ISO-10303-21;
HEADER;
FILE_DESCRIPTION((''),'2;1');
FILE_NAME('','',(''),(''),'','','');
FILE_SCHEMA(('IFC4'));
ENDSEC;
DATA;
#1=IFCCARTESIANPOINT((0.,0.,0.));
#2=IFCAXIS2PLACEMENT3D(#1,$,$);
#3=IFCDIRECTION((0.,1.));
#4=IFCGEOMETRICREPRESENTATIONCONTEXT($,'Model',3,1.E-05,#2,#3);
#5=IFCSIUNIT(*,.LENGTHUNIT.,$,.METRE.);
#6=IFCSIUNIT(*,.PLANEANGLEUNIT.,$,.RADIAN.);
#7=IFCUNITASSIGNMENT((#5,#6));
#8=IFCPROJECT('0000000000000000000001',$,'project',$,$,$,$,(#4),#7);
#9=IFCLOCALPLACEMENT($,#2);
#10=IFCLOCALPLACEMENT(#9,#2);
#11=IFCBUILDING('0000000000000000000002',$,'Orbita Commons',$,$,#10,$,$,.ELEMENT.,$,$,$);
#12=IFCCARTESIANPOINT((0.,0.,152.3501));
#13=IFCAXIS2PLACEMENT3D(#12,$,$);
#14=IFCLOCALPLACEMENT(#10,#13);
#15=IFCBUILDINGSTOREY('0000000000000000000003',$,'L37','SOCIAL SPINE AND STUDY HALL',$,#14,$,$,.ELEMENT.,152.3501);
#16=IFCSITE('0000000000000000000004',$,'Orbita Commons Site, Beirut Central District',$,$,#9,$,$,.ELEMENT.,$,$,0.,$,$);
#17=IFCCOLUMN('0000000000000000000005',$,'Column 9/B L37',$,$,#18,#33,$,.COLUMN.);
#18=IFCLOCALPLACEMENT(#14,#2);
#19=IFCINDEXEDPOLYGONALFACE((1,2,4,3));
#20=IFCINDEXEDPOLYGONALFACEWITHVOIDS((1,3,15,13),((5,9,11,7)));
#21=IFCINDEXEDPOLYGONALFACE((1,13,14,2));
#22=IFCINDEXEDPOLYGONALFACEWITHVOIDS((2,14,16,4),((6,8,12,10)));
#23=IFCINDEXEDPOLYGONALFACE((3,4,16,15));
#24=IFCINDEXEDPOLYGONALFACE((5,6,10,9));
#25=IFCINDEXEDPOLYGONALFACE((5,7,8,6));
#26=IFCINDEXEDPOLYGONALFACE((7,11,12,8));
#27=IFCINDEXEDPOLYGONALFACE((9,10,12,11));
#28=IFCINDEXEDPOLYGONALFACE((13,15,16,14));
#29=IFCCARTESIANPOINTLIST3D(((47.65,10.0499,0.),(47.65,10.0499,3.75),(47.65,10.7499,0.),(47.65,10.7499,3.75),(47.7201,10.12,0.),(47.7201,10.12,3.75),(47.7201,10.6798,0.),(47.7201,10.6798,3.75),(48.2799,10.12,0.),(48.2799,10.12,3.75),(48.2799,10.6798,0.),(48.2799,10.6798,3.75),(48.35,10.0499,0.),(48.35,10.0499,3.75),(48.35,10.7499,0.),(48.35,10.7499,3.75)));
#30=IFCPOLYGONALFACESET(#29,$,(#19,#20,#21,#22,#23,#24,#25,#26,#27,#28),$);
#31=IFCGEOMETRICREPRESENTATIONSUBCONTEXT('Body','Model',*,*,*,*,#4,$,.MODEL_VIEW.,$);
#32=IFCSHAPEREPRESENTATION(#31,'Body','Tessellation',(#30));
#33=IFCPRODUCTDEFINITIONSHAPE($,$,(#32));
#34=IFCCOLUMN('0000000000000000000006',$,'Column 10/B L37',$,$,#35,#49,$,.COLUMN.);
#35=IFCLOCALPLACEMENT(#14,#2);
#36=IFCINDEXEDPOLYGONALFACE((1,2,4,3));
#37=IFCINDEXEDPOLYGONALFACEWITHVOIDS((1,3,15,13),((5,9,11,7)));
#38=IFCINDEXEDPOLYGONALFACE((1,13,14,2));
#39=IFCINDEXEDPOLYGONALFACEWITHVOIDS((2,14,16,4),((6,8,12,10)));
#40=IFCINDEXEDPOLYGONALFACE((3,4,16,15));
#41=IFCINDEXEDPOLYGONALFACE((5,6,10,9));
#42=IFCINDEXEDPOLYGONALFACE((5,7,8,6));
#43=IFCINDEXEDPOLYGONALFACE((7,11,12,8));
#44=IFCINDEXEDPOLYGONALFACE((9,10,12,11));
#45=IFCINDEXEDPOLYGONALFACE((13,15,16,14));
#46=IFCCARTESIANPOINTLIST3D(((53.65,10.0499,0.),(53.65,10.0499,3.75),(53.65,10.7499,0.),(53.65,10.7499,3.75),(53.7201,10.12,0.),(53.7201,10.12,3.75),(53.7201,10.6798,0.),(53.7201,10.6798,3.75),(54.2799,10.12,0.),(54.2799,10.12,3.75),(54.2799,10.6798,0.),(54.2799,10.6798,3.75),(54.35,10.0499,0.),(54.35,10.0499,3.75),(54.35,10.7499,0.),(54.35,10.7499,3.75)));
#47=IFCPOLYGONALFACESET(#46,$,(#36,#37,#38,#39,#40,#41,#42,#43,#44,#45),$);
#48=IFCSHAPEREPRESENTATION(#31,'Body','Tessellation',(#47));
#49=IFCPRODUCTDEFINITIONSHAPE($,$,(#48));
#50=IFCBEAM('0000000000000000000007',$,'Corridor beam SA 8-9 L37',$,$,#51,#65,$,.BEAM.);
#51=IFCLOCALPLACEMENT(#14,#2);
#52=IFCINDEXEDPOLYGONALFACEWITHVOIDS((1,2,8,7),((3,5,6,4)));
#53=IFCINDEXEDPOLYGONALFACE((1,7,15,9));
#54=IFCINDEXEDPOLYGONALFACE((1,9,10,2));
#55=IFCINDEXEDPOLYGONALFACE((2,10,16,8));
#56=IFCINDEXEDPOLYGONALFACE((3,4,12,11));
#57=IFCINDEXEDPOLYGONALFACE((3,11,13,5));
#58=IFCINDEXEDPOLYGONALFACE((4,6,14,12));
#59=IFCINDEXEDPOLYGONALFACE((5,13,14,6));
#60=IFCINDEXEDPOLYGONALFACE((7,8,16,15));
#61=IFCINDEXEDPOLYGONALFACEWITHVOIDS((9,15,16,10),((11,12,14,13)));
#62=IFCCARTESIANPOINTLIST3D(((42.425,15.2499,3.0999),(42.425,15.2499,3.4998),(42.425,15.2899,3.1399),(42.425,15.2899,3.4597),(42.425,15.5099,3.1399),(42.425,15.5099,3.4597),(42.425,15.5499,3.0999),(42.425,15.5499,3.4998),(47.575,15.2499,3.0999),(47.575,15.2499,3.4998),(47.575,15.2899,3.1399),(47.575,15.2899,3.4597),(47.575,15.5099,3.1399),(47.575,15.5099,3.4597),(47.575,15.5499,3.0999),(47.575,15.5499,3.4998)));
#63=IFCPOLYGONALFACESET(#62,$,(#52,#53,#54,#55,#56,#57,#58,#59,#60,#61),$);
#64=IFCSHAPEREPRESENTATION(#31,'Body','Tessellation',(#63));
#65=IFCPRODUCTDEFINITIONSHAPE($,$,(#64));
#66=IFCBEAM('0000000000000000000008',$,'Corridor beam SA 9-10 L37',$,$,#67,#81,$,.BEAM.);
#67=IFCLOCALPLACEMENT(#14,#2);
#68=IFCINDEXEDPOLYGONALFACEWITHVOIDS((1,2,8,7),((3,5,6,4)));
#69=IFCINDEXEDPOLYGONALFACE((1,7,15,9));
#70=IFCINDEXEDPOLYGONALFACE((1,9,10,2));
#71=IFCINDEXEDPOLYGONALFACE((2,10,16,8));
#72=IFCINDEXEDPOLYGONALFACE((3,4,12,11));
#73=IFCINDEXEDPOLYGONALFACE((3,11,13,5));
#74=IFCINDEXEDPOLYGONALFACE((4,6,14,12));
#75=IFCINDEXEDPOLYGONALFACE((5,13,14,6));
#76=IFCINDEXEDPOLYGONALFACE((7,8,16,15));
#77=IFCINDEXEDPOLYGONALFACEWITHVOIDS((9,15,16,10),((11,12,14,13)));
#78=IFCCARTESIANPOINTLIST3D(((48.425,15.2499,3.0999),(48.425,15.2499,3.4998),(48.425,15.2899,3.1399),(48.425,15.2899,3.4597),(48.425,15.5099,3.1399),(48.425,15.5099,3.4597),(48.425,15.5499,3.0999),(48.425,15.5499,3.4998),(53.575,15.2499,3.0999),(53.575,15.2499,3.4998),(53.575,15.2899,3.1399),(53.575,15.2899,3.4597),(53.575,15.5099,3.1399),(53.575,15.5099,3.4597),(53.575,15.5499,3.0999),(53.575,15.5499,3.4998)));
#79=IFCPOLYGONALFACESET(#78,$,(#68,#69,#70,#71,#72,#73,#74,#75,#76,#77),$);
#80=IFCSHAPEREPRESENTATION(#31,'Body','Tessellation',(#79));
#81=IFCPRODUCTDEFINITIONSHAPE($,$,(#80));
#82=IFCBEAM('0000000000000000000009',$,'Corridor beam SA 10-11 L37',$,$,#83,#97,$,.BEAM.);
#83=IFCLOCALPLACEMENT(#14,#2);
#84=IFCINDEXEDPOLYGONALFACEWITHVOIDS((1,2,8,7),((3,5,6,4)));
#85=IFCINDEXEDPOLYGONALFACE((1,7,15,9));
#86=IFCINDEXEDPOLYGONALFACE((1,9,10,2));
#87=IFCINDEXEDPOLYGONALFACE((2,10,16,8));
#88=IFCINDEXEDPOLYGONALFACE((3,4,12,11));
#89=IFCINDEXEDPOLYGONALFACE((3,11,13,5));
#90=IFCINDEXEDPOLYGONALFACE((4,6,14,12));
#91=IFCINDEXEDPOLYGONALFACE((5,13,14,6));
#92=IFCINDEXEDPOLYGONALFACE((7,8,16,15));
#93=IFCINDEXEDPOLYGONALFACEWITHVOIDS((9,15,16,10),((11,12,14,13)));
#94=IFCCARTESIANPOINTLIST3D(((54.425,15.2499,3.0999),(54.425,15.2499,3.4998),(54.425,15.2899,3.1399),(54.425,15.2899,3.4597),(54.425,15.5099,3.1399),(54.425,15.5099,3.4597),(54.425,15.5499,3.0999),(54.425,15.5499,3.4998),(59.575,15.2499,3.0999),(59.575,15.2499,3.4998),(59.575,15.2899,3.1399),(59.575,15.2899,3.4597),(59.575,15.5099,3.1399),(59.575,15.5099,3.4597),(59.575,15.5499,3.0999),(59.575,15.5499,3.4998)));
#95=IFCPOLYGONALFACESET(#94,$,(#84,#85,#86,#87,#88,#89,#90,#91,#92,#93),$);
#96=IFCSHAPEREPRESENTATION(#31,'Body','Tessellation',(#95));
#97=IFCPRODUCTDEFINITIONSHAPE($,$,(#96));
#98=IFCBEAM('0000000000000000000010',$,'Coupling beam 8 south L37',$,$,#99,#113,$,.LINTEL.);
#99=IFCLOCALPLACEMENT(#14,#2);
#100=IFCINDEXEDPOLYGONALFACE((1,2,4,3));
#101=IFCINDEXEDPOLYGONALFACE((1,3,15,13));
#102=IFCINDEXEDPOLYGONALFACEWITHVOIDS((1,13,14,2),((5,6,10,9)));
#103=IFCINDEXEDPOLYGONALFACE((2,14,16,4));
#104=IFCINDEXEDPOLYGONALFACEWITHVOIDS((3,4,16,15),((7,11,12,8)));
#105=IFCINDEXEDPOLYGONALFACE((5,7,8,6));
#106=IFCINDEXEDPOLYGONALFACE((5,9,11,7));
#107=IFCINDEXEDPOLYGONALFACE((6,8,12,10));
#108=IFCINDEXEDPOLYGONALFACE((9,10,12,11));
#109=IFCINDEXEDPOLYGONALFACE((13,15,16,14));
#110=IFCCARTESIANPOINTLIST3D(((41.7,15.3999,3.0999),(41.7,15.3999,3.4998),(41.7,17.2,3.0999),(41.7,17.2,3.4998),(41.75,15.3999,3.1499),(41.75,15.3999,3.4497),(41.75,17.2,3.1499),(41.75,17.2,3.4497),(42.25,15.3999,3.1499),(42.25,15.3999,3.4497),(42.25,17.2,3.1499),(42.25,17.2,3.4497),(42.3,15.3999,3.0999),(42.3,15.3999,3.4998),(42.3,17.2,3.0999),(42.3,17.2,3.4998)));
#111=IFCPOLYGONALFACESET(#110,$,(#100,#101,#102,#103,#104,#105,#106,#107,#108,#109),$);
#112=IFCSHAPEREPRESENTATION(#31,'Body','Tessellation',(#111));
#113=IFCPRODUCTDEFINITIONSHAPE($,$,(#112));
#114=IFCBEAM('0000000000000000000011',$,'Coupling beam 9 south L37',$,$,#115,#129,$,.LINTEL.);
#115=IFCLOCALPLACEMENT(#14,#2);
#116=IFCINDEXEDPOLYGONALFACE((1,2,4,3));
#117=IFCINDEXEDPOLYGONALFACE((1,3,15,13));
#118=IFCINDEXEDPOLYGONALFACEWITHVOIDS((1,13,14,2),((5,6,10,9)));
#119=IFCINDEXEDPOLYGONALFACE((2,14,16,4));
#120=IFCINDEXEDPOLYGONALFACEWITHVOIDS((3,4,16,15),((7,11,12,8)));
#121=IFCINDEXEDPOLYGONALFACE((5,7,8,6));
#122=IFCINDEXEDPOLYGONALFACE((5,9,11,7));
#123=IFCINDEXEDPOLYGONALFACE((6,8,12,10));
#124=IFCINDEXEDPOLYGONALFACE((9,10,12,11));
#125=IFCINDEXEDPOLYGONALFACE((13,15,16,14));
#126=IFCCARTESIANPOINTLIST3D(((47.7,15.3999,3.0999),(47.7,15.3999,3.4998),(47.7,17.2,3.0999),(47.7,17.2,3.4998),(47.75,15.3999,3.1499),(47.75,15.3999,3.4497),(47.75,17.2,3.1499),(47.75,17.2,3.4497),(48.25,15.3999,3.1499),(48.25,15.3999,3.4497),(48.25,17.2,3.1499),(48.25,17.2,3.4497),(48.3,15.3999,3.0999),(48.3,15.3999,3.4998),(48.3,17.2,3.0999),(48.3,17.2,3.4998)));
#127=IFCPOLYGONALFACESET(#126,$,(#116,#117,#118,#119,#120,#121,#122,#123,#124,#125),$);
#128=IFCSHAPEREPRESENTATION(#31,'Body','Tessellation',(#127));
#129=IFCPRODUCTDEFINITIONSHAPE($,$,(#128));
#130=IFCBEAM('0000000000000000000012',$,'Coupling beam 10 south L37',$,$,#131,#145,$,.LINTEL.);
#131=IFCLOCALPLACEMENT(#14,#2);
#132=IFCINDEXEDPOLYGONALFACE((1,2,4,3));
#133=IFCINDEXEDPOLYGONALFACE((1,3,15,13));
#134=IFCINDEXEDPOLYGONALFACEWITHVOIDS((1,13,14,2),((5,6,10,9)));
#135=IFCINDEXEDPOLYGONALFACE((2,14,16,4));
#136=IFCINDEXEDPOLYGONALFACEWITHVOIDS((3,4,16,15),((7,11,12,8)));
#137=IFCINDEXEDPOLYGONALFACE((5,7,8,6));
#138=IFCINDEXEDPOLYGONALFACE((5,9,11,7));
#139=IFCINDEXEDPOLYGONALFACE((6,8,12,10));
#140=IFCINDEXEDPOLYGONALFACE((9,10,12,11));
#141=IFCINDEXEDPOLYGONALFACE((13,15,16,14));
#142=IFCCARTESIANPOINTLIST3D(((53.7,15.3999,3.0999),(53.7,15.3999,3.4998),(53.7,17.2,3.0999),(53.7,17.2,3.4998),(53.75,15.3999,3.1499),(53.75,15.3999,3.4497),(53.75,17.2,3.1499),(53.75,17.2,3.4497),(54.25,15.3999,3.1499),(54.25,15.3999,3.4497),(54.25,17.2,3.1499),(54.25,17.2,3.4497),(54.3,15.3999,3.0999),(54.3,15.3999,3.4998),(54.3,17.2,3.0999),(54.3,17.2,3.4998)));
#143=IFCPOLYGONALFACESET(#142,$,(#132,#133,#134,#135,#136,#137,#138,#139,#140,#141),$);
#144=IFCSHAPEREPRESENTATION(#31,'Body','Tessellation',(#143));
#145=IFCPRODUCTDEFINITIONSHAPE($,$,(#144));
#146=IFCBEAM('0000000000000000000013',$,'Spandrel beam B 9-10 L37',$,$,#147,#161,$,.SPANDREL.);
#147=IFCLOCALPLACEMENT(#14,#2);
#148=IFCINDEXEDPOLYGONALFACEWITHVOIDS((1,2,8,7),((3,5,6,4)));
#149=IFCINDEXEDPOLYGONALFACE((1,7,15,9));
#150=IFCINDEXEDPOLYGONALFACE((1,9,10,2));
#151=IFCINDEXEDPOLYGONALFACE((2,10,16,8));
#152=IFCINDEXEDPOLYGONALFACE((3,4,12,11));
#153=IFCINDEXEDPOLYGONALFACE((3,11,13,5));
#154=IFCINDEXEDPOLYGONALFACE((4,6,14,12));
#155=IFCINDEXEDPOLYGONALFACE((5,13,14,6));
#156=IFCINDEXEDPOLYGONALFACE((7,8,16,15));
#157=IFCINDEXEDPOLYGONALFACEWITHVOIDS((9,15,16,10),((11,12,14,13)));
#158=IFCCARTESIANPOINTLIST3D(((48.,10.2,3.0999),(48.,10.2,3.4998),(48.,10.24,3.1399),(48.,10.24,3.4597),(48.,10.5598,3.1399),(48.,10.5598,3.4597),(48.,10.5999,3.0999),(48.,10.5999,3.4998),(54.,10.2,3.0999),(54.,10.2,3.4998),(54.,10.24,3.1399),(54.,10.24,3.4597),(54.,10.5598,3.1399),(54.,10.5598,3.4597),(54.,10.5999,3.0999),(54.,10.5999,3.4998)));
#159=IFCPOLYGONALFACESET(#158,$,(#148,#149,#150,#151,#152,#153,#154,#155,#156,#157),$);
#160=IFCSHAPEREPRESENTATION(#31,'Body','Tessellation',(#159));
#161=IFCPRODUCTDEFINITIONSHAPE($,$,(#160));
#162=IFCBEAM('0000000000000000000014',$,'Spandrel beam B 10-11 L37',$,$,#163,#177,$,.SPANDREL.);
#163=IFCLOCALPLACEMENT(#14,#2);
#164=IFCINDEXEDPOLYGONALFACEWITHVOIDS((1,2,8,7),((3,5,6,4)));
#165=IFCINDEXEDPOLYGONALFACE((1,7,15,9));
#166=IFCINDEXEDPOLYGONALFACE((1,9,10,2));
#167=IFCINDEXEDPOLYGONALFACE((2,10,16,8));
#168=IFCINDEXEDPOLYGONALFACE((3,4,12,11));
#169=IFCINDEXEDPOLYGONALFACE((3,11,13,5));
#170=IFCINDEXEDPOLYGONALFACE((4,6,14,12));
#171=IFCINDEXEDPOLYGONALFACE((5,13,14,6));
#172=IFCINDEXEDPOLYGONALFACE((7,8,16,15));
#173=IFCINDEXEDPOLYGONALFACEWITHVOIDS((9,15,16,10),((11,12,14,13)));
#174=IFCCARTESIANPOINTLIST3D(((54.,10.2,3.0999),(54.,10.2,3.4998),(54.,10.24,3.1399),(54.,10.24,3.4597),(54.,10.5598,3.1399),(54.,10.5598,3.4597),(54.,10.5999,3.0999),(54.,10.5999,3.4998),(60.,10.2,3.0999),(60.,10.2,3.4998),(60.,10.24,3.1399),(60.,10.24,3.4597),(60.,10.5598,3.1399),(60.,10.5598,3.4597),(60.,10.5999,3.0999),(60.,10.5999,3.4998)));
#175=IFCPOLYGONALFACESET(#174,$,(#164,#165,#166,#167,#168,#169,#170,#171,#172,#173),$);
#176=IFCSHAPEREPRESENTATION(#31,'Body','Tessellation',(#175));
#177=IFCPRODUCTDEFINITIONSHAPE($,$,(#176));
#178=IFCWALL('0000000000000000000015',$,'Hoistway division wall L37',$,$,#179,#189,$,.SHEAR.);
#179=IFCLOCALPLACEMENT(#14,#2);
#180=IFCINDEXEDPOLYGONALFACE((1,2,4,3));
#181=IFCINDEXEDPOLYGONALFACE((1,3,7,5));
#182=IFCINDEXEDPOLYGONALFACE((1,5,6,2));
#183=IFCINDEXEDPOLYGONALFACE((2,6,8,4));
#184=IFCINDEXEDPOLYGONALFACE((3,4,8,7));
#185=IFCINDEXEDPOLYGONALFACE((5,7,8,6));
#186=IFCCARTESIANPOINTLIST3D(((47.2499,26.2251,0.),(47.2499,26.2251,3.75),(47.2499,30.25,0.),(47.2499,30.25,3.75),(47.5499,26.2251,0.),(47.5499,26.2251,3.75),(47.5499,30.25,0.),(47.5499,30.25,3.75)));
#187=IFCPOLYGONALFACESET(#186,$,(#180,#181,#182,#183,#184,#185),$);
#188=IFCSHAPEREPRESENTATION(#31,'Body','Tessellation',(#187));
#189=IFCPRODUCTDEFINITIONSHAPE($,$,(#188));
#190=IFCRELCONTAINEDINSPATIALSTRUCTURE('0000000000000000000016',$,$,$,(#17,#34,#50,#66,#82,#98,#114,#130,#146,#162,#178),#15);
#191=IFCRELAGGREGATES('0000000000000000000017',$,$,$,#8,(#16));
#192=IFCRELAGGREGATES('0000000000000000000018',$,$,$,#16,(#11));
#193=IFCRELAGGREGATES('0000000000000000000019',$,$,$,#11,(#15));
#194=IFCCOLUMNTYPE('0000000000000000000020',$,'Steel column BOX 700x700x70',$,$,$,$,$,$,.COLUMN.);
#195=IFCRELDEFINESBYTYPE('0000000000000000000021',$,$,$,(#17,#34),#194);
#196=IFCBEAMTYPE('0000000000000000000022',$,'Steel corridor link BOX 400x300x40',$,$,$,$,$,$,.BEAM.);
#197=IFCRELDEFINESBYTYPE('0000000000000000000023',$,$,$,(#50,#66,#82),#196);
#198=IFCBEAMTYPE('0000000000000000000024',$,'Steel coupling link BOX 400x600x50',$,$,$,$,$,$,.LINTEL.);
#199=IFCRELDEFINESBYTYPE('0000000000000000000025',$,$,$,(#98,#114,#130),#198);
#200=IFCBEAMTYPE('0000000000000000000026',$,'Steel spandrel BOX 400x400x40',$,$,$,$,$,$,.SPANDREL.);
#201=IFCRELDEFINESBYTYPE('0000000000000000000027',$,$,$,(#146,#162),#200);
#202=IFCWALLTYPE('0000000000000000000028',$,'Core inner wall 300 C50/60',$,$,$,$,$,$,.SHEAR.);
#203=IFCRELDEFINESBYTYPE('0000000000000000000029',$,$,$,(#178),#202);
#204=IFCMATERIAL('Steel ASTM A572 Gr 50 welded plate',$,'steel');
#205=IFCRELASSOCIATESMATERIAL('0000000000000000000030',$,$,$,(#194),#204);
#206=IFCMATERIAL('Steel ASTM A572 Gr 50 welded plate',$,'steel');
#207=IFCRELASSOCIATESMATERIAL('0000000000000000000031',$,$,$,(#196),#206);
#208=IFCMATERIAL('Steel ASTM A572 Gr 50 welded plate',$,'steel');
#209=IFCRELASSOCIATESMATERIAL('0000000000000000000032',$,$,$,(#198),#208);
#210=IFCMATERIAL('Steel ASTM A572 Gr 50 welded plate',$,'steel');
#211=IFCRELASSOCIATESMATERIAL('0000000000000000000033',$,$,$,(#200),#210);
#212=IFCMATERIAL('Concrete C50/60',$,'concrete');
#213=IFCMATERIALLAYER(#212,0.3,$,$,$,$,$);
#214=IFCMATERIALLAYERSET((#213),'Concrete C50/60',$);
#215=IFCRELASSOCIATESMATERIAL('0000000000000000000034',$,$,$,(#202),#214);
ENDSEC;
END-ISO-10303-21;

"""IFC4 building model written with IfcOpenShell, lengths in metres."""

from ifc_helpers import new_model, si_unit, direction, frame, frame_2d, origin, origin_2d, place, context, subcontext, project, spatial, rectangle, hollow_rectangle, extrude, material, layer, layer_set, material_profile, profile_set, type_object, element, save


model = new_model("IFC4")

# Units and contexts
model_context = context("Model", 3, precision=1e-05, world=origin(), true_north=direction((0.0, 1.0)))
body_context = subcontext(model_context, "Body", "Model", "MODEL_VIEW")
ifc_project = project(units=[si_unit("LENGTHUNIT", "METRE"), si_unit("PLANEANGLEUNIT", "RADIAN")], contexts=[model_context])

# Site, building, storey
site_placement = place(None, origin())
site = spatial("IfcSite", under=ifc_project, at=site_placement, Name="Orbita Commons Site, Beirut Central District", CompositionType="ELEMENT", RefElevation=0.0)
building_placement = place(site_placement, origin())
building = spatial("IfcBuilding", under=site, at=building_placement, Name="Orbita Commons", CompositionType="ELEMENT")
storey_placement = place(building_placement, frame((0.0, 0.0, 152.3501)))
storey = spatial("IfcBuildingStorey", under=building, at=storey_placement, Name="L37", Description="SOCIAL SPINE AND STUDY HALL", CompositionType="ELEMENT", Elevation=152.3501)

# Columns
ifc_material_1 = material(Name="Steel ASTM A572 Gr 50 welded plate", Category="steel")
ifc_material_profile_1 = material_profile(ifc_material_1, hollow_rectangle(XDim=0.7, YDim=0.7, WallThickness=0.0701, at=origin_2d()), Name="BOX 700x700x70")
ifc_profile_set_1 = profile_set([ifc_material_profile_1], Name="Steel ASTM A572 Gr 50 welded plate")
column_type = type_object("IfcColumnType", Name="Steel column BOX 700x700x70", PredefinedType="COLUMN", material=ifc_profile_set_1)
for number, where, z_axis, x_axis, name in (
    (1, (48.0, 10.3999, 0.0), (0.0, 0.0, 1.0), (1.0, 0.0, 0.0), "Column 9/B L37"),
    (2, (54.0, 10.3999, 0.0), (0.0, 0.0, 1.0), (1.0, 0.0, 0.0), "Column 10/B L37"),
):
    element("IfcColumn", number, at=place(storey_placement, frame(where, z_axis=z_axis, x_axis=x_axis)), inside=storey, type_object=column_type, Name=name, PredefinedType="COLUMN", context=body_context, shape_type="SweptSolid", body=[
        extrude(hollow_rectangle(XDim=0.7, YDim=0.7, WallThickness=0.0701, at=origin_2d()), origin(), (0.0, 0.0, 1.0), 3.75),
    ])

# Beams
ifc_material_2 = material(Name="Steel ASTM A572 Gr 50 welded plate", Category="steel")
ifc_material_profile_2 = material_profile(ifc_material_2, hollow_rectangle(XDim=0.3, YDim=0.3999, WallThickness=0.04, at=origin_2d()), Name="BOX 400x300x40")
ifc_profile_set_2 = profile_set([ifc_material_profile_2], Name="Steel ASTM A572 Gr 50 welded plate")
beam_type_1 = type_object("IfcBeamType", Name="Steel corridor link BOX 400x300x40", PredefinedType="BEAM", material=ifc_profile_set_2)
for number, where, z_axis, x_axis, name in (
    (3, (42.425, 15.3999, 3.2998), (1.0, 0.0, 0.0), (0.0, 1.0, 0.0), "Corridor beam SA 8-9 L37"),
    (4, (48.425, 15.3999, 3.2998), (1.0, 0.0, 0.0), (0.0, 1.0, 0.0), "Corridor beam SA 9-10 L37"),
    (5, (54.425, 15.3999, 3.2998), (1.0, 0.0, 0.0), (0.0, 1.0, 0.0), "Corridor beam SA 10-11 L37"),
):
    element("IfcBeam", number, at=place(storey_placement, frame(where, z_axis=z_axis, x_axis=x_axis)), inside=storey, type_object=beam_type_1, Name=name, PredefinedType="BEAM", context=body_context, shape_type="SweptSolid", body=[
        extrude(hollow_rectangle(XDim=0.3, YDim=0.3999, WallThickness=0.04, at=origin_2d()), origin(), (0.0, 0.0, 1.0), 5.1499),
    ])
ifc_material_3 = material(Name="Steel ASTM A572 Gr 50 welded plate", Category="steel")
ifc_material_profile_3 = material_profile(ifc_material_3, hollow_rectangle(XDim=0.6001, YDim=0.3999, WallThickness=0.05, at=origin_2d()), Name="BOX 400x600x50")
ifc_profile_set_3 = profile_set([ifc_material_profile_3], Name="Steel ASTM A572 Gr 50 welded plate")
beam_type_2 = type_object("IfcBeamType", Name="Steel coupling link BOX 400x600x50", PredefinedType="LINTEL", material=ifc_profile_set_3)
for number, where, z_axis, x_axis, name in (
    (6, (42.0, 15.3999, 3.2998), (0.0, 1.0, 0.0), (-1.0, 0.0, 0.0), "Coupling beam 8 south L37"),
    (7, (48.0, 15.3999, 3.2998), (0.0, 1.0, 0.0), (-1.0, 0.0, 0.0), "Coupling beam 9 south L37"),
    (8, (54.0, 15.3999, 3.2998), (0.0, 1.0, 0.0), (-1.0, 0.0, 0.0), "Coupling beam 10 south L37"),
):
    element("IfcBeam", number, at=place(storey_placement, frame(where, z_axis=z_axis, x_axis=x_axis)), inside=storey, type_object=beam_type_2, Name=name, PredefinedType="LINTEL", context=body_context, shape_type="SweptSolid", body=[
        extrude(hollow_rectangle(XDim=0.6001, YDim=0.3999, WallThickness=0.05, at=origin_2d()), origin(), (0.0, 0.0, 1.0), 1.8),
    ])
ifc_material_4 = material(Name="Steel ASTM A572 Gr 50 welded plate", Category="steel")
ifc_material_profile_4 = material_profile(ifc_material_4, hollow_rectangle(XDim=0.3999, YDim=0.3999, WallThickness=0.04, at=origin_2d()), Name="BOX 400x400x40")
ifc_profile_set_4 = profile_set([ifc_material_profile_4], Name="Steel ASTM A572 Gr 50 welded plate")
beam_type_3 = type_object("IfcBeamType", Name="Steel spandrel BOX 400x400x40", PredefinedType="SPANDREL", material=ifc_profile_set_4)
for number, where, z_axis, x_axis, name in (
    (9, (48.0, 10.3999, 3.2998), (1.0, 0.0, 0.0), (0.0, 1.0, 0.0), "Spandrel beam B 9-10 L37"),
    (10, (54.0, 10.3999, 3.2998), (1.0, 0.0, 0.0), (0.0, 1.0, 0.0), "Spandrel beam B 10-11 L37"),
):
    element("IfcBeam", number, at=place(storey_placement, frame(where, z_axis=z_axis, x_axis=x_axis)), inside=storey, type_object=beam_type_3, Name=name, PredefinedType="SPANDREL", context=body_context, shape_type="SweptSolid", body=[
        extrude(hollow_rectangle(XDim=0.3999, YDim=0.3999, WallThickness=0.04, at=origin_2d()), origin(), (0.0, 0.0, 1.0), 6.0),
    ])

# Wall
ifc_material_5 = material(Name="Concrete C50/60", Category="concrete")
ifc_layer_1 = layer(ifc_material_5, 0.3)
ifc_layer_set_1 = layer_set([ifc_layer_1], Name="Concrete C50/60")
wall_type_1 = type_object("IfcWallType", Name="Core inner wall 300 C50/60", PredefinedType="SHEAR", material=ifc_layer_set_1)
wall_1_placement = place(storey_placement, frame((47.3999, 26.2251, 0.0), z_axis=(0.0, 0.0, 1.0), x_axis=(0.0, 1.0, 0.0)))
element("IfcWall", 11, at=wall_1_placement, inside=storey, type_object=wall_type_1, Name="Hoistway division wall L37", PredefinedType="SHEAR", context=body_context, shape_type="SweptSolid", body=[
    extrude(rectangle(XDim=4.0249, YDim=0.3, at=frame_2d((2.0125, 0.0))), origin(), (0.0, 0.0, 1.0), 3.75),
])

save(model, "model.ifc")
